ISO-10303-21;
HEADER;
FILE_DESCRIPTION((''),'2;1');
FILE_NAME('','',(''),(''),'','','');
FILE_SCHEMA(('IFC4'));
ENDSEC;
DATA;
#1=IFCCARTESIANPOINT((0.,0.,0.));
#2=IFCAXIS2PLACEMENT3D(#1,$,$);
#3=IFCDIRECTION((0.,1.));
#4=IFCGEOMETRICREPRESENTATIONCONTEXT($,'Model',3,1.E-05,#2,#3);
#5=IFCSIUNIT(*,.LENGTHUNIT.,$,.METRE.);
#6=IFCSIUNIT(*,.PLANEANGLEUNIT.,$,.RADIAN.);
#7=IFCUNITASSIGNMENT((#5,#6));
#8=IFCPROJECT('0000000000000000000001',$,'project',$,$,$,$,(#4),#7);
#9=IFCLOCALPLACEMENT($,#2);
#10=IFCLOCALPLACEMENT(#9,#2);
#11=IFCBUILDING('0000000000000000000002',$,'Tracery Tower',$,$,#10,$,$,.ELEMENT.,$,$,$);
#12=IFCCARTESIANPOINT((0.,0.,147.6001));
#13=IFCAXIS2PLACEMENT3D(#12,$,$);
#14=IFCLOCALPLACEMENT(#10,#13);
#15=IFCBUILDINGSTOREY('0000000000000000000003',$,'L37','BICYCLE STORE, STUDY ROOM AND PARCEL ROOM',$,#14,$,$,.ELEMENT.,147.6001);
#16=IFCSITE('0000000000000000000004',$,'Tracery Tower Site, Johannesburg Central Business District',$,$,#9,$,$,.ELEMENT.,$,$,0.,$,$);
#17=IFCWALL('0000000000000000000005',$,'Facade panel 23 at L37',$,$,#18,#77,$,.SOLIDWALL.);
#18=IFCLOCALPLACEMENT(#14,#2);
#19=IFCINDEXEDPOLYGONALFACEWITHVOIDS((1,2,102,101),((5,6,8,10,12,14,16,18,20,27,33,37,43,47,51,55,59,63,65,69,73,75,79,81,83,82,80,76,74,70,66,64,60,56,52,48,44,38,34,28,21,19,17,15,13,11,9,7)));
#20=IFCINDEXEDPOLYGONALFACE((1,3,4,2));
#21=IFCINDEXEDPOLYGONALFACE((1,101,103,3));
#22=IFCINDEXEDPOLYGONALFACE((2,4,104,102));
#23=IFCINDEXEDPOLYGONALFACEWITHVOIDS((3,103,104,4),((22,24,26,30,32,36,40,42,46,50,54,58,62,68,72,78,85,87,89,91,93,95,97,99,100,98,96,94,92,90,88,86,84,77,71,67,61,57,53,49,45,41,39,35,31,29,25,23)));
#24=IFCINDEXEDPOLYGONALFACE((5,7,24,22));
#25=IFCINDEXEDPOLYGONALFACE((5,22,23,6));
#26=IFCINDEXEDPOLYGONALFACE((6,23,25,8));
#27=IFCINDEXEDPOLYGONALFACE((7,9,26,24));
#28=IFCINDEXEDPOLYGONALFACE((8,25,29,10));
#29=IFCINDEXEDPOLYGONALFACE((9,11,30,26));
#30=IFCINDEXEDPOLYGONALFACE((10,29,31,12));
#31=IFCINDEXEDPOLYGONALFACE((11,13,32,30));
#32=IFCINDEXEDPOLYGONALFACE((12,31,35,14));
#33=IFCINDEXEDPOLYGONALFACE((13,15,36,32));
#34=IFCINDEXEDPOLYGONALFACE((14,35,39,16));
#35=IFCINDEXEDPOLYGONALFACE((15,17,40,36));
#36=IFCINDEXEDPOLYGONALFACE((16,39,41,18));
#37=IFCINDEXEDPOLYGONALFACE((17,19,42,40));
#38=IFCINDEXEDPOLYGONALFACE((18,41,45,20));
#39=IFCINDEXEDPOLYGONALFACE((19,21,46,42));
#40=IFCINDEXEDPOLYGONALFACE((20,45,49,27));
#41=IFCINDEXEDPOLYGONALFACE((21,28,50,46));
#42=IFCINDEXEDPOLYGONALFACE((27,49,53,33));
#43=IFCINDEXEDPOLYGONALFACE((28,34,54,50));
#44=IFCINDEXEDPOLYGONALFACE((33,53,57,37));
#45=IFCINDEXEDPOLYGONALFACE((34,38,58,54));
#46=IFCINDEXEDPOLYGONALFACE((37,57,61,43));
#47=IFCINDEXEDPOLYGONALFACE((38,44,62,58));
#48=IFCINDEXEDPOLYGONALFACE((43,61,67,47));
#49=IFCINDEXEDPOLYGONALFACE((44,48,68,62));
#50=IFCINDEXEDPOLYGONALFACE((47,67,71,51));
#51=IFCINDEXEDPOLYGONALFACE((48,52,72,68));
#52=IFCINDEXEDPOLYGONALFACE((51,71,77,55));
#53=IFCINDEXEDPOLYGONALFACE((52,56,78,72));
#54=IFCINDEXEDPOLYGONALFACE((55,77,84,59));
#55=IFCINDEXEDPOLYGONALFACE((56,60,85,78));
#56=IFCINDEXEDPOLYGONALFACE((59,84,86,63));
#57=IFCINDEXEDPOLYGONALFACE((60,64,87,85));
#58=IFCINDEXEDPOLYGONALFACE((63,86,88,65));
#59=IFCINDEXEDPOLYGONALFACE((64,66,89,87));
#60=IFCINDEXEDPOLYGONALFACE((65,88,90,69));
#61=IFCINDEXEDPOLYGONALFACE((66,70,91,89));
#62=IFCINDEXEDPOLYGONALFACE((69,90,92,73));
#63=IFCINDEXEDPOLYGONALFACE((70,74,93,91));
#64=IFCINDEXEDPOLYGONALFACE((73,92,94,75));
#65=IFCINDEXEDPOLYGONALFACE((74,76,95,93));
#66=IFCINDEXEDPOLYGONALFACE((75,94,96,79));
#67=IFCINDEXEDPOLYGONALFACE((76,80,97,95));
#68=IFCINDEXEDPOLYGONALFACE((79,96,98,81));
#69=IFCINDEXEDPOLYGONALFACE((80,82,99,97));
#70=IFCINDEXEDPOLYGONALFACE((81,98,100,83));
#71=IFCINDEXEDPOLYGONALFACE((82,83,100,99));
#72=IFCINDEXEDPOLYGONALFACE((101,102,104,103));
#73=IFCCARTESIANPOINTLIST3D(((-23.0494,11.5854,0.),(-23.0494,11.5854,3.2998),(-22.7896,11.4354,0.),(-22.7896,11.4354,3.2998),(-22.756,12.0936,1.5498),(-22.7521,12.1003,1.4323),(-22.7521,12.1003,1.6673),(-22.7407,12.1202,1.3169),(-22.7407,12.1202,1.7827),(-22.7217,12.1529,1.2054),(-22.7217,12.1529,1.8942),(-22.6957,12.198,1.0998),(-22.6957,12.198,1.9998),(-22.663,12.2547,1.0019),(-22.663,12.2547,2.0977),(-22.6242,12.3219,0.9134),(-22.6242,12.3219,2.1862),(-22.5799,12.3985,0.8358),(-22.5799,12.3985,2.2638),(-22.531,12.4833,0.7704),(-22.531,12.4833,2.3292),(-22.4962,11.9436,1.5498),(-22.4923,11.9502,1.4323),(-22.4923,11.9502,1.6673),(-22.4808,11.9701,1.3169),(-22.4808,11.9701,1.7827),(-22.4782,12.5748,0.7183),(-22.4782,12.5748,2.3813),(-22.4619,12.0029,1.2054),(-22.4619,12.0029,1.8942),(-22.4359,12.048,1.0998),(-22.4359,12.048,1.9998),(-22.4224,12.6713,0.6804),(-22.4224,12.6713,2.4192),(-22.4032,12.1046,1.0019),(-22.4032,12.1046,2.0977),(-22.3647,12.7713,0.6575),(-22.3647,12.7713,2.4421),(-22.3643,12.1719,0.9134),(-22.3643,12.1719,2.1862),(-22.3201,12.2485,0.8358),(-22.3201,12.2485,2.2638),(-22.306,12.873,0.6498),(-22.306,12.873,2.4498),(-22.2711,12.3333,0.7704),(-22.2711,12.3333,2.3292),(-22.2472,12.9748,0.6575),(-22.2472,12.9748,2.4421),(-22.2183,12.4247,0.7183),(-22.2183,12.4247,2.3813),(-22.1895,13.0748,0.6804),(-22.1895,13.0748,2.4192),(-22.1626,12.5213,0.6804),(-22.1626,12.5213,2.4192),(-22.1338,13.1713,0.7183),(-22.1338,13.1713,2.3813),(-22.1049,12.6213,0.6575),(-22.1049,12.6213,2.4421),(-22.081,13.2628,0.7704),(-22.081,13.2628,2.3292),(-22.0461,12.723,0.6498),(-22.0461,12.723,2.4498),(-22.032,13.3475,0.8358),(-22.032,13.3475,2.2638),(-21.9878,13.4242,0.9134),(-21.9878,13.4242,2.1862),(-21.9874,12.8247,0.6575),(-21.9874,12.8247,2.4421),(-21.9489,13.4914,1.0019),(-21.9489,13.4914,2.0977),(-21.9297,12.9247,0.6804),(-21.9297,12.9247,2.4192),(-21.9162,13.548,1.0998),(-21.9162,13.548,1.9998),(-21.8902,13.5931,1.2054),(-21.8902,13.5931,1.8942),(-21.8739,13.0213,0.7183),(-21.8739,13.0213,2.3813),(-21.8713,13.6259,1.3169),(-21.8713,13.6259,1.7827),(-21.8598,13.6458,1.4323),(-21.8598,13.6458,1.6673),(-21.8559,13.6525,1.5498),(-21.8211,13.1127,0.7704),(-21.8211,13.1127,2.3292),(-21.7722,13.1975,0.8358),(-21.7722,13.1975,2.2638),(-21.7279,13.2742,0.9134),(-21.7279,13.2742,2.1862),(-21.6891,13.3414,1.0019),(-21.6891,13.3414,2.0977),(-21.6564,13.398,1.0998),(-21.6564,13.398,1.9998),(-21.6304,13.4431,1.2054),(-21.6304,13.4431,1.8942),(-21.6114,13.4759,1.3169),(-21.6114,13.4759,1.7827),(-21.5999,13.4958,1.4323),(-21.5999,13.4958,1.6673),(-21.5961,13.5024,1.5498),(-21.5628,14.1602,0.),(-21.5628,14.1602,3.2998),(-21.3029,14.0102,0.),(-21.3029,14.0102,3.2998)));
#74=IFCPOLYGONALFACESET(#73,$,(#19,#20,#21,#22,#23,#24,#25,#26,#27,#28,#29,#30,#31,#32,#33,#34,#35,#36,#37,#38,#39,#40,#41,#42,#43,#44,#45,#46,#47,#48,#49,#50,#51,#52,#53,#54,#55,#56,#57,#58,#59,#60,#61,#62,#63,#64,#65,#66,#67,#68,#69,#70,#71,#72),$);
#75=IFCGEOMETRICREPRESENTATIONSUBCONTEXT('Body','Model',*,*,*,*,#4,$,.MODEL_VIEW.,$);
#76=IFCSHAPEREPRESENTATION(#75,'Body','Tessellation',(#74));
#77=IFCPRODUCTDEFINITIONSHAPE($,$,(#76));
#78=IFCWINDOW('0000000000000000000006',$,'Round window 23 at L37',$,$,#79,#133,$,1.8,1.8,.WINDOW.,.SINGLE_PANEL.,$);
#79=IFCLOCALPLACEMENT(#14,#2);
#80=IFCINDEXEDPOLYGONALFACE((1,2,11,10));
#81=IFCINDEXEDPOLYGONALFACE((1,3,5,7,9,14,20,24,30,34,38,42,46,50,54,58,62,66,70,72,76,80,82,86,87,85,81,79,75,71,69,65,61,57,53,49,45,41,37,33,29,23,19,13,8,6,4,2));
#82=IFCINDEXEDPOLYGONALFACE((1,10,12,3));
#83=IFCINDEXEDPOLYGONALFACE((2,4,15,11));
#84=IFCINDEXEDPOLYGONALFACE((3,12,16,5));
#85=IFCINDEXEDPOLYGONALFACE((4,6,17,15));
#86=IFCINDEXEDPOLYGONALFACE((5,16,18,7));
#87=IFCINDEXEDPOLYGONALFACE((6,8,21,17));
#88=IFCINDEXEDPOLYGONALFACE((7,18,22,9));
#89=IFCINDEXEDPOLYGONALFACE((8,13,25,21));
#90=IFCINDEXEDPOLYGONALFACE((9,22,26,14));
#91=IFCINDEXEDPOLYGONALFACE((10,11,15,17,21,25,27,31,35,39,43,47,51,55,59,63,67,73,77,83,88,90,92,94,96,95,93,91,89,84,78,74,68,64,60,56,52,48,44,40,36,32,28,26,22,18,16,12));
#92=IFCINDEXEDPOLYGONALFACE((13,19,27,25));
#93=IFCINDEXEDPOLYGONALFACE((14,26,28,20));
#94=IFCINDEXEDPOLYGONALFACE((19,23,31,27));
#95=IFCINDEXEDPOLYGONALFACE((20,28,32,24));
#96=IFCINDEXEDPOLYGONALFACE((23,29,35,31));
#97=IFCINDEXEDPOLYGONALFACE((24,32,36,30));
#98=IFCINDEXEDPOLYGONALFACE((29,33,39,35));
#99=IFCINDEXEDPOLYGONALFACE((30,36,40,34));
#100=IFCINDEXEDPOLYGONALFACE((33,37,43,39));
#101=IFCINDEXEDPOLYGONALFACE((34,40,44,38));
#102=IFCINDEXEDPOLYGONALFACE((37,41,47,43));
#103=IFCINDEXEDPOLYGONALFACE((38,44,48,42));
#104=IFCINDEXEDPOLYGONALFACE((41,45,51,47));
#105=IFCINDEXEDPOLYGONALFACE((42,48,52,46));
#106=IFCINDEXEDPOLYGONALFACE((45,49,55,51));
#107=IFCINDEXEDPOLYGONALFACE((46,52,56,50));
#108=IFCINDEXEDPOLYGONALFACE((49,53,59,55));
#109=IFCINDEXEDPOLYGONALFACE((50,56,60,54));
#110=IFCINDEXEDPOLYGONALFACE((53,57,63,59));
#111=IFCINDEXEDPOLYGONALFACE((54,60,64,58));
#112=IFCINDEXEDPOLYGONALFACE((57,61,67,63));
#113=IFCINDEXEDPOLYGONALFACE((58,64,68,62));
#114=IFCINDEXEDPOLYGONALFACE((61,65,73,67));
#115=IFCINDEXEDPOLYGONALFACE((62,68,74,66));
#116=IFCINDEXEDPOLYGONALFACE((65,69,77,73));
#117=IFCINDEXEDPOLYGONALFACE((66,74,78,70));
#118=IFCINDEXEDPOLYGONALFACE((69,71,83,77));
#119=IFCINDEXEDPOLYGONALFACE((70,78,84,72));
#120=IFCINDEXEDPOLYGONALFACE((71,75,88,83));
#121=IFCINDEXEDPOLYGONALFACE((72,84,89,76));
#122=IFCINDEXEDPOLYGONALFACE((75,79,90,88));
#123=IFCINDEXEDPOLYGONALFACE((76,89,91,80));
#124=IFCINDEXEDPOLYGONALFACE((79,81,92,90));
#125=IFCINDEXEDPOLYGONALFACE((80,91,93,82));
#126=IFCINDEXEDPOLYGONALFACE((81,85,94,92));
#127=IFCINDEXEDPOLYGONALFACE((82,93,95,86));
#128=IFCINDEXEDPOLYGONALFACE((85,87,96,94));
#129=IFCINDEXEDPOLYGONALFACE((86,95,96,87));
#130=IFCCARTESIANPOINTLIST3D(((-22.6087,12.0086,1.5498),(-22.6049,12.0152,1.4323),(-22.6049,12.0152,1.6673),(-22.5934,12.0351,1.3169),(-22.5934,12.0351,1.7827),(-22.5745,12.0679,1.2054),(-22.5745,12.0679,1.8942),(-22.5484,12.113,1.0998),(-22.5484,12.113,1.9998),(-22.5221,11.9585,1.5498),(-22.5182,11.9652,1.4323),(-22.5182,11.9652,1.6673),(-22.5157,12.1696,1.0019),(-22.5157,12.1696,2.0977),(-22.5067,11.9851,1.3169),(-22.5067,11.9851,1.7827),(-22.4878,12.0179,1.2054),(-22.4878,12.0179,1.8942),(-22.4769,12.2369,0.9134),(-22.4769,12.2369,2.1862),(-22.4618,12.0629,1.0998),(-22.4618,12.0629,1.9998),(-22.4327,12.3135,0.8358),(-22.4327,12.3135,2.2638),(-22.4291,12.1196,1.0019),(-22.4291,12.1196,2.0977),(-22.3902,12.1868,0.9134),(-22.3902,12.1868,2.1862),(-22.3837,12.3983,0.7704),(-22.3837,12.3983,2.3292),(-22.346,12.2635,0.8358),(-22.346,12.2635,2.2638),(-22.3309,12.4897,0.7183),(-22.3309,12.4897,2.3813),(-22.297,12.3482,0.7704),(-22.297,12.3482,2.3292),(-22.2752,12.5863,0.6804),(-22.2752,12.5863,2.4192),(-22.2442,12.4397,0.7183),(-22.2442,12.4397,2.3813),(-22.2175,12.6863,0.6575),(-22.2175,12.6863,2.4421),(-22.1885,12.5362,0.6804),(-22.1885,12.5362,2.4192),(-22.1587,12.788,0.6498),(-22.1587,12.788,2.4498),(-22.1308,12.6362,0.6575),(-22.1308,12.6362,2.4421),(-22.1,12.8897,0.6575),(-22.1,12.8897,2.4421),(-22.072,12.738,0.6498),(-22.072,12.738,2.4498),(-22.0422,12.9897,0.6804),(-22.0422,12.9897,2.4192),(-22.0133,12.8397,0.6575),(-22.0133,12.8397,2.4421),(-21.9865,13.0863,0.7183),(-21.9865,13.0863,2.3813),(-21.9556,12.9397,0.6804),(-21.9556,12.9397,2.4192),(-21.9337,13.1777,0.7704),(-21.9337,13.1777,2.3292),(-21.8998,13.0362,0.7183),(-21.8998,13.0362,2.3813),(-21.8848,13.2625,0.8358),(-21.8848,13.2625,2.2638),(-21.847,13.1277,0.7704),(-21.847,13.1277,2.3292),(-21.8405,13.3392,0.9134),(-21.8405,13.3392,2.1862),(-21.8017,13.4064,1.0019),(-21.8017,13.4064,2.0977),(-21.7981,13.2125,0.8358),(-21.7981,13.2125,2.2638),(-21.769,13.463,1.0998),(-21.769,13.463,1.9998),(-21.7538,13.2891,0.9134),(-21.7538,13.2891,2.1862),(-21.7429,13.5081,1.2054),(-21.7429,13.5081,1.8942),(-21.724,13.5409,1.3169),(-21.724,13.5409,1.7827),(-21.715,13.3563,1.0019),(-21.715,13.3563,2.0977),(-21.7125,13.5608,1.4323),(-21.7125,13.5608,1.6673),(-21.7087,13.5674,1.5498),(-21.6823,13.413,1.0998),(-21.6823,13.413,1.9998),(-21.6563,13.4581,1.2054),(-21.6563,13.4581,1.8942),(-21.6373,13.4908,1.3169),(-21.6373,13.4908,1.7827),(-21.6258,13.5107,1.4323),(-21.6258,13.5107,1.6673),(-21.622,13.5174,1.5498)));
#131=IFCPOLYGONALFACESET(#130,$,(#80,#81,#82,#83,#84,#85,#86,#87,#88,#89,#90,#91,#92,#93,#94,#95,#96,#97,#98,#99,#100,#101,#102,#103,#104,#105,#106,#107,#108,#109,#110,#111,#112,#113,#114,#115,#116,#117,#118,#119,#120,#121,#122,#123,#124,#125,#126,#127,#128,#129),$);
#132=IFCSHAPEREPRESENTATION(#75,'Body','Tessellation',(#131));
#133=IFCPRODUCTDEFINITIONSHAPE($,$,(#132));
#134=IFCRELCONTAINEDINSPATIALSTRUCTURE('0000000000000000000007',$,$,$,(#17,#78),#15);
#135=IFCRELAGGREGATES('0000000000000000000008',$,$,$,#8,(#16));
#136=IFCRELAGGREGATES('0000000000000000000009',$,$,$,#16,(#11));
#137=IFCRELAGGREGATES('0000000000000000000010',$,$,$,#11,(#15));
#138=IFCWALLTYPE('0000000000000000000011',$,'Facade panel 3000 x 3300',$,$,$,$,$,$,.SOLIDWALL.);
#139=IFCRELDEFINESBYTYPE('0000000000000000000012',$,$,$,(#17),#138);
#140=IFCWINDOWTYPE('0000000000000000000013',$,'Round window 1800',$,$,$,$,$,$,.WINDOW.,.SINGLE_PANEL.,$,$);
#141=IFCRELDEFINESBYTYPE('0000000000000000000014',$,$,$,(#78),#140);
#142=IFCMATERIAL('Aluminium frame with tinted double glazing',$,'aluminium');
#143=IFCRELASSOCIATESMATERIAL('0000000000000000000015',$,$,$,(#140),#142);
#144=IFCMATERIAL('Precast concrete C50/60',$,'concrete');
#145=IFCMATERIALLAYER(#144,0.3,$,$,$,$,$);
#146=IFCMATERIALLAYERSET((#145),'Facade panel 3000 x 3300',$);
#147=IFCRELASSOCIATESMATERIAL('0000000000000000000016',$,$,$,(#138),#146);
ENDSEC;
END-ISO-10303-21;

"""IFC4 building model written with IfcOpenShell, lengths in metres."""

from ifc_helpers import new_model, si_unit, direction, frame, frame_2d, origin, origin_2d, place, context, subcontext, project, spatial, rectangle, circle, extrude, material, layer, layer_set, type_object, element, fill, save


model = new_model("IFC4")

# Units and contexts
model_context = context("Model", 3, precision=1e-05, world=origin(), true_north=direction((0.0, 1.0)))
body_context = subcontext(model_context, "Body", "Model", "MODEL_VIEW")
ifc_project = project(units=[si_unit("LENGTHUNIT", "METRE"), si_unit("PLANEANGLEUNIT", "RADIAN")], contexts=[model_context])

# Site, building, storey
site_placement = place(None, origin())
site = spatial("IfcSite", under=ifc_project, at=site_placement, Name="Tracery Tower Site, Johannesburg Central Business District", CompositionType="ELEMENT", RefElevation=0.0)
building_placement = place(site_placement, origin())
building = spatial("IfcBuilding", under=site, at=building_placement, Name="Tracery Tower", CompositionType="ELEMENT")
storey_placement = place(building_placement, frame((0.0, 0.0, 147.6001)))
storey = spatial("IfcBuildingStorey", under=building, at=storey_placement, Name="L37", Description="BICYCLE STORE, STUDY ROOM AND PARCEL ROOM", CompositionType="ELEMENT", Elevation=147.6001)

# Wall, opening, window
ifc_material_1 = material(Name="Aluminium frame with tinted double glazing", Category="aluminium")
window_type = type_object("IfcWindowType", Name="Round window 1800", PartitioningType="SINGLE_PANEL", PredefinedType="WINDOW", material=ifc_material_1)
ifc_material_2 = material(Name="Precast concrete C50/60", Category="concrete")
ifc_layer_1 = layer(ifc_material_2, 0.3)
ifc_layer_set_1 = layer_set([ifc_layer_1], Name="Facade panel 3000 x 3300")
wall_type_1 = type_object("IfcWallType", Name="Facade panel 3000 x 3300", PredefinedType="SOLIDWALL", material=ifc_layer_set_1)
wall_1_placement = place(storey_placement, frame((-21.4329, 14.0852, 0.0), z_axis=(0.0, 0.0, 1.0), x_axis=(-0.500016, -0.866016, 0.0)))
wall_1 = element("IfcWall", 1, at=wall_1_placement, inside=storey, type_object=wall_type_1, Name="Facade panel 23 at L37", PredefinedType="SOLIDWALL", context=body_context, shape_type="SweptSolid", body=[
    extrude(rectangle(XDim=2.9731, YDim=0.3, at=frame_2d((1.4866, 0.0))), origin(), (0.0, 0.0, 1.0), 3.2998),
])
opening_1_placement = place(wall_1_placement, frame((1.4863, 0.0, 1.5498)))
opening_1 = element("IfcOpeningElement", 2, at=opening_1_placement, cuts=wall_1, PredefinedType="OPENING", context=body_context, shape_type="SweptSolid", body=[
    extrude(circle(Radius=0.9, at=origin_2d()), frame((0.0, 0.1599, 0.0), z_axis=(0.0, -1.0, 0.0), x_axis=(1.0, 0.0, 0.0)), (0.0, 0.0, 1.0), 0.3201),
])
window_1_placement = place(opening_1_placement, origin())
window_1 = element("IfcWindow", 3, at=window_1_placement, inside=storey, type_object=window_type, Name="Round window 23 at L37", OverallHeight=1.8, OverallWidth=1.8, PartitioningType="SINGLE_PANEL", PredefinedType="WINDOW", context=body_context, shape_type="SweptSolid", body=[
    extrude(circle(Radius=0.9, at=origin_2d()), frame((0.0, 0.1201, 0.0), z_axis=(0.0, -1.0, 0.0), x_axis=(1.0, 0.0, 0.0)), (0.0, 0.0, 1.0), 0.1001),
])
fill(opening_1, window_1)

save(model, "model.ifc")
